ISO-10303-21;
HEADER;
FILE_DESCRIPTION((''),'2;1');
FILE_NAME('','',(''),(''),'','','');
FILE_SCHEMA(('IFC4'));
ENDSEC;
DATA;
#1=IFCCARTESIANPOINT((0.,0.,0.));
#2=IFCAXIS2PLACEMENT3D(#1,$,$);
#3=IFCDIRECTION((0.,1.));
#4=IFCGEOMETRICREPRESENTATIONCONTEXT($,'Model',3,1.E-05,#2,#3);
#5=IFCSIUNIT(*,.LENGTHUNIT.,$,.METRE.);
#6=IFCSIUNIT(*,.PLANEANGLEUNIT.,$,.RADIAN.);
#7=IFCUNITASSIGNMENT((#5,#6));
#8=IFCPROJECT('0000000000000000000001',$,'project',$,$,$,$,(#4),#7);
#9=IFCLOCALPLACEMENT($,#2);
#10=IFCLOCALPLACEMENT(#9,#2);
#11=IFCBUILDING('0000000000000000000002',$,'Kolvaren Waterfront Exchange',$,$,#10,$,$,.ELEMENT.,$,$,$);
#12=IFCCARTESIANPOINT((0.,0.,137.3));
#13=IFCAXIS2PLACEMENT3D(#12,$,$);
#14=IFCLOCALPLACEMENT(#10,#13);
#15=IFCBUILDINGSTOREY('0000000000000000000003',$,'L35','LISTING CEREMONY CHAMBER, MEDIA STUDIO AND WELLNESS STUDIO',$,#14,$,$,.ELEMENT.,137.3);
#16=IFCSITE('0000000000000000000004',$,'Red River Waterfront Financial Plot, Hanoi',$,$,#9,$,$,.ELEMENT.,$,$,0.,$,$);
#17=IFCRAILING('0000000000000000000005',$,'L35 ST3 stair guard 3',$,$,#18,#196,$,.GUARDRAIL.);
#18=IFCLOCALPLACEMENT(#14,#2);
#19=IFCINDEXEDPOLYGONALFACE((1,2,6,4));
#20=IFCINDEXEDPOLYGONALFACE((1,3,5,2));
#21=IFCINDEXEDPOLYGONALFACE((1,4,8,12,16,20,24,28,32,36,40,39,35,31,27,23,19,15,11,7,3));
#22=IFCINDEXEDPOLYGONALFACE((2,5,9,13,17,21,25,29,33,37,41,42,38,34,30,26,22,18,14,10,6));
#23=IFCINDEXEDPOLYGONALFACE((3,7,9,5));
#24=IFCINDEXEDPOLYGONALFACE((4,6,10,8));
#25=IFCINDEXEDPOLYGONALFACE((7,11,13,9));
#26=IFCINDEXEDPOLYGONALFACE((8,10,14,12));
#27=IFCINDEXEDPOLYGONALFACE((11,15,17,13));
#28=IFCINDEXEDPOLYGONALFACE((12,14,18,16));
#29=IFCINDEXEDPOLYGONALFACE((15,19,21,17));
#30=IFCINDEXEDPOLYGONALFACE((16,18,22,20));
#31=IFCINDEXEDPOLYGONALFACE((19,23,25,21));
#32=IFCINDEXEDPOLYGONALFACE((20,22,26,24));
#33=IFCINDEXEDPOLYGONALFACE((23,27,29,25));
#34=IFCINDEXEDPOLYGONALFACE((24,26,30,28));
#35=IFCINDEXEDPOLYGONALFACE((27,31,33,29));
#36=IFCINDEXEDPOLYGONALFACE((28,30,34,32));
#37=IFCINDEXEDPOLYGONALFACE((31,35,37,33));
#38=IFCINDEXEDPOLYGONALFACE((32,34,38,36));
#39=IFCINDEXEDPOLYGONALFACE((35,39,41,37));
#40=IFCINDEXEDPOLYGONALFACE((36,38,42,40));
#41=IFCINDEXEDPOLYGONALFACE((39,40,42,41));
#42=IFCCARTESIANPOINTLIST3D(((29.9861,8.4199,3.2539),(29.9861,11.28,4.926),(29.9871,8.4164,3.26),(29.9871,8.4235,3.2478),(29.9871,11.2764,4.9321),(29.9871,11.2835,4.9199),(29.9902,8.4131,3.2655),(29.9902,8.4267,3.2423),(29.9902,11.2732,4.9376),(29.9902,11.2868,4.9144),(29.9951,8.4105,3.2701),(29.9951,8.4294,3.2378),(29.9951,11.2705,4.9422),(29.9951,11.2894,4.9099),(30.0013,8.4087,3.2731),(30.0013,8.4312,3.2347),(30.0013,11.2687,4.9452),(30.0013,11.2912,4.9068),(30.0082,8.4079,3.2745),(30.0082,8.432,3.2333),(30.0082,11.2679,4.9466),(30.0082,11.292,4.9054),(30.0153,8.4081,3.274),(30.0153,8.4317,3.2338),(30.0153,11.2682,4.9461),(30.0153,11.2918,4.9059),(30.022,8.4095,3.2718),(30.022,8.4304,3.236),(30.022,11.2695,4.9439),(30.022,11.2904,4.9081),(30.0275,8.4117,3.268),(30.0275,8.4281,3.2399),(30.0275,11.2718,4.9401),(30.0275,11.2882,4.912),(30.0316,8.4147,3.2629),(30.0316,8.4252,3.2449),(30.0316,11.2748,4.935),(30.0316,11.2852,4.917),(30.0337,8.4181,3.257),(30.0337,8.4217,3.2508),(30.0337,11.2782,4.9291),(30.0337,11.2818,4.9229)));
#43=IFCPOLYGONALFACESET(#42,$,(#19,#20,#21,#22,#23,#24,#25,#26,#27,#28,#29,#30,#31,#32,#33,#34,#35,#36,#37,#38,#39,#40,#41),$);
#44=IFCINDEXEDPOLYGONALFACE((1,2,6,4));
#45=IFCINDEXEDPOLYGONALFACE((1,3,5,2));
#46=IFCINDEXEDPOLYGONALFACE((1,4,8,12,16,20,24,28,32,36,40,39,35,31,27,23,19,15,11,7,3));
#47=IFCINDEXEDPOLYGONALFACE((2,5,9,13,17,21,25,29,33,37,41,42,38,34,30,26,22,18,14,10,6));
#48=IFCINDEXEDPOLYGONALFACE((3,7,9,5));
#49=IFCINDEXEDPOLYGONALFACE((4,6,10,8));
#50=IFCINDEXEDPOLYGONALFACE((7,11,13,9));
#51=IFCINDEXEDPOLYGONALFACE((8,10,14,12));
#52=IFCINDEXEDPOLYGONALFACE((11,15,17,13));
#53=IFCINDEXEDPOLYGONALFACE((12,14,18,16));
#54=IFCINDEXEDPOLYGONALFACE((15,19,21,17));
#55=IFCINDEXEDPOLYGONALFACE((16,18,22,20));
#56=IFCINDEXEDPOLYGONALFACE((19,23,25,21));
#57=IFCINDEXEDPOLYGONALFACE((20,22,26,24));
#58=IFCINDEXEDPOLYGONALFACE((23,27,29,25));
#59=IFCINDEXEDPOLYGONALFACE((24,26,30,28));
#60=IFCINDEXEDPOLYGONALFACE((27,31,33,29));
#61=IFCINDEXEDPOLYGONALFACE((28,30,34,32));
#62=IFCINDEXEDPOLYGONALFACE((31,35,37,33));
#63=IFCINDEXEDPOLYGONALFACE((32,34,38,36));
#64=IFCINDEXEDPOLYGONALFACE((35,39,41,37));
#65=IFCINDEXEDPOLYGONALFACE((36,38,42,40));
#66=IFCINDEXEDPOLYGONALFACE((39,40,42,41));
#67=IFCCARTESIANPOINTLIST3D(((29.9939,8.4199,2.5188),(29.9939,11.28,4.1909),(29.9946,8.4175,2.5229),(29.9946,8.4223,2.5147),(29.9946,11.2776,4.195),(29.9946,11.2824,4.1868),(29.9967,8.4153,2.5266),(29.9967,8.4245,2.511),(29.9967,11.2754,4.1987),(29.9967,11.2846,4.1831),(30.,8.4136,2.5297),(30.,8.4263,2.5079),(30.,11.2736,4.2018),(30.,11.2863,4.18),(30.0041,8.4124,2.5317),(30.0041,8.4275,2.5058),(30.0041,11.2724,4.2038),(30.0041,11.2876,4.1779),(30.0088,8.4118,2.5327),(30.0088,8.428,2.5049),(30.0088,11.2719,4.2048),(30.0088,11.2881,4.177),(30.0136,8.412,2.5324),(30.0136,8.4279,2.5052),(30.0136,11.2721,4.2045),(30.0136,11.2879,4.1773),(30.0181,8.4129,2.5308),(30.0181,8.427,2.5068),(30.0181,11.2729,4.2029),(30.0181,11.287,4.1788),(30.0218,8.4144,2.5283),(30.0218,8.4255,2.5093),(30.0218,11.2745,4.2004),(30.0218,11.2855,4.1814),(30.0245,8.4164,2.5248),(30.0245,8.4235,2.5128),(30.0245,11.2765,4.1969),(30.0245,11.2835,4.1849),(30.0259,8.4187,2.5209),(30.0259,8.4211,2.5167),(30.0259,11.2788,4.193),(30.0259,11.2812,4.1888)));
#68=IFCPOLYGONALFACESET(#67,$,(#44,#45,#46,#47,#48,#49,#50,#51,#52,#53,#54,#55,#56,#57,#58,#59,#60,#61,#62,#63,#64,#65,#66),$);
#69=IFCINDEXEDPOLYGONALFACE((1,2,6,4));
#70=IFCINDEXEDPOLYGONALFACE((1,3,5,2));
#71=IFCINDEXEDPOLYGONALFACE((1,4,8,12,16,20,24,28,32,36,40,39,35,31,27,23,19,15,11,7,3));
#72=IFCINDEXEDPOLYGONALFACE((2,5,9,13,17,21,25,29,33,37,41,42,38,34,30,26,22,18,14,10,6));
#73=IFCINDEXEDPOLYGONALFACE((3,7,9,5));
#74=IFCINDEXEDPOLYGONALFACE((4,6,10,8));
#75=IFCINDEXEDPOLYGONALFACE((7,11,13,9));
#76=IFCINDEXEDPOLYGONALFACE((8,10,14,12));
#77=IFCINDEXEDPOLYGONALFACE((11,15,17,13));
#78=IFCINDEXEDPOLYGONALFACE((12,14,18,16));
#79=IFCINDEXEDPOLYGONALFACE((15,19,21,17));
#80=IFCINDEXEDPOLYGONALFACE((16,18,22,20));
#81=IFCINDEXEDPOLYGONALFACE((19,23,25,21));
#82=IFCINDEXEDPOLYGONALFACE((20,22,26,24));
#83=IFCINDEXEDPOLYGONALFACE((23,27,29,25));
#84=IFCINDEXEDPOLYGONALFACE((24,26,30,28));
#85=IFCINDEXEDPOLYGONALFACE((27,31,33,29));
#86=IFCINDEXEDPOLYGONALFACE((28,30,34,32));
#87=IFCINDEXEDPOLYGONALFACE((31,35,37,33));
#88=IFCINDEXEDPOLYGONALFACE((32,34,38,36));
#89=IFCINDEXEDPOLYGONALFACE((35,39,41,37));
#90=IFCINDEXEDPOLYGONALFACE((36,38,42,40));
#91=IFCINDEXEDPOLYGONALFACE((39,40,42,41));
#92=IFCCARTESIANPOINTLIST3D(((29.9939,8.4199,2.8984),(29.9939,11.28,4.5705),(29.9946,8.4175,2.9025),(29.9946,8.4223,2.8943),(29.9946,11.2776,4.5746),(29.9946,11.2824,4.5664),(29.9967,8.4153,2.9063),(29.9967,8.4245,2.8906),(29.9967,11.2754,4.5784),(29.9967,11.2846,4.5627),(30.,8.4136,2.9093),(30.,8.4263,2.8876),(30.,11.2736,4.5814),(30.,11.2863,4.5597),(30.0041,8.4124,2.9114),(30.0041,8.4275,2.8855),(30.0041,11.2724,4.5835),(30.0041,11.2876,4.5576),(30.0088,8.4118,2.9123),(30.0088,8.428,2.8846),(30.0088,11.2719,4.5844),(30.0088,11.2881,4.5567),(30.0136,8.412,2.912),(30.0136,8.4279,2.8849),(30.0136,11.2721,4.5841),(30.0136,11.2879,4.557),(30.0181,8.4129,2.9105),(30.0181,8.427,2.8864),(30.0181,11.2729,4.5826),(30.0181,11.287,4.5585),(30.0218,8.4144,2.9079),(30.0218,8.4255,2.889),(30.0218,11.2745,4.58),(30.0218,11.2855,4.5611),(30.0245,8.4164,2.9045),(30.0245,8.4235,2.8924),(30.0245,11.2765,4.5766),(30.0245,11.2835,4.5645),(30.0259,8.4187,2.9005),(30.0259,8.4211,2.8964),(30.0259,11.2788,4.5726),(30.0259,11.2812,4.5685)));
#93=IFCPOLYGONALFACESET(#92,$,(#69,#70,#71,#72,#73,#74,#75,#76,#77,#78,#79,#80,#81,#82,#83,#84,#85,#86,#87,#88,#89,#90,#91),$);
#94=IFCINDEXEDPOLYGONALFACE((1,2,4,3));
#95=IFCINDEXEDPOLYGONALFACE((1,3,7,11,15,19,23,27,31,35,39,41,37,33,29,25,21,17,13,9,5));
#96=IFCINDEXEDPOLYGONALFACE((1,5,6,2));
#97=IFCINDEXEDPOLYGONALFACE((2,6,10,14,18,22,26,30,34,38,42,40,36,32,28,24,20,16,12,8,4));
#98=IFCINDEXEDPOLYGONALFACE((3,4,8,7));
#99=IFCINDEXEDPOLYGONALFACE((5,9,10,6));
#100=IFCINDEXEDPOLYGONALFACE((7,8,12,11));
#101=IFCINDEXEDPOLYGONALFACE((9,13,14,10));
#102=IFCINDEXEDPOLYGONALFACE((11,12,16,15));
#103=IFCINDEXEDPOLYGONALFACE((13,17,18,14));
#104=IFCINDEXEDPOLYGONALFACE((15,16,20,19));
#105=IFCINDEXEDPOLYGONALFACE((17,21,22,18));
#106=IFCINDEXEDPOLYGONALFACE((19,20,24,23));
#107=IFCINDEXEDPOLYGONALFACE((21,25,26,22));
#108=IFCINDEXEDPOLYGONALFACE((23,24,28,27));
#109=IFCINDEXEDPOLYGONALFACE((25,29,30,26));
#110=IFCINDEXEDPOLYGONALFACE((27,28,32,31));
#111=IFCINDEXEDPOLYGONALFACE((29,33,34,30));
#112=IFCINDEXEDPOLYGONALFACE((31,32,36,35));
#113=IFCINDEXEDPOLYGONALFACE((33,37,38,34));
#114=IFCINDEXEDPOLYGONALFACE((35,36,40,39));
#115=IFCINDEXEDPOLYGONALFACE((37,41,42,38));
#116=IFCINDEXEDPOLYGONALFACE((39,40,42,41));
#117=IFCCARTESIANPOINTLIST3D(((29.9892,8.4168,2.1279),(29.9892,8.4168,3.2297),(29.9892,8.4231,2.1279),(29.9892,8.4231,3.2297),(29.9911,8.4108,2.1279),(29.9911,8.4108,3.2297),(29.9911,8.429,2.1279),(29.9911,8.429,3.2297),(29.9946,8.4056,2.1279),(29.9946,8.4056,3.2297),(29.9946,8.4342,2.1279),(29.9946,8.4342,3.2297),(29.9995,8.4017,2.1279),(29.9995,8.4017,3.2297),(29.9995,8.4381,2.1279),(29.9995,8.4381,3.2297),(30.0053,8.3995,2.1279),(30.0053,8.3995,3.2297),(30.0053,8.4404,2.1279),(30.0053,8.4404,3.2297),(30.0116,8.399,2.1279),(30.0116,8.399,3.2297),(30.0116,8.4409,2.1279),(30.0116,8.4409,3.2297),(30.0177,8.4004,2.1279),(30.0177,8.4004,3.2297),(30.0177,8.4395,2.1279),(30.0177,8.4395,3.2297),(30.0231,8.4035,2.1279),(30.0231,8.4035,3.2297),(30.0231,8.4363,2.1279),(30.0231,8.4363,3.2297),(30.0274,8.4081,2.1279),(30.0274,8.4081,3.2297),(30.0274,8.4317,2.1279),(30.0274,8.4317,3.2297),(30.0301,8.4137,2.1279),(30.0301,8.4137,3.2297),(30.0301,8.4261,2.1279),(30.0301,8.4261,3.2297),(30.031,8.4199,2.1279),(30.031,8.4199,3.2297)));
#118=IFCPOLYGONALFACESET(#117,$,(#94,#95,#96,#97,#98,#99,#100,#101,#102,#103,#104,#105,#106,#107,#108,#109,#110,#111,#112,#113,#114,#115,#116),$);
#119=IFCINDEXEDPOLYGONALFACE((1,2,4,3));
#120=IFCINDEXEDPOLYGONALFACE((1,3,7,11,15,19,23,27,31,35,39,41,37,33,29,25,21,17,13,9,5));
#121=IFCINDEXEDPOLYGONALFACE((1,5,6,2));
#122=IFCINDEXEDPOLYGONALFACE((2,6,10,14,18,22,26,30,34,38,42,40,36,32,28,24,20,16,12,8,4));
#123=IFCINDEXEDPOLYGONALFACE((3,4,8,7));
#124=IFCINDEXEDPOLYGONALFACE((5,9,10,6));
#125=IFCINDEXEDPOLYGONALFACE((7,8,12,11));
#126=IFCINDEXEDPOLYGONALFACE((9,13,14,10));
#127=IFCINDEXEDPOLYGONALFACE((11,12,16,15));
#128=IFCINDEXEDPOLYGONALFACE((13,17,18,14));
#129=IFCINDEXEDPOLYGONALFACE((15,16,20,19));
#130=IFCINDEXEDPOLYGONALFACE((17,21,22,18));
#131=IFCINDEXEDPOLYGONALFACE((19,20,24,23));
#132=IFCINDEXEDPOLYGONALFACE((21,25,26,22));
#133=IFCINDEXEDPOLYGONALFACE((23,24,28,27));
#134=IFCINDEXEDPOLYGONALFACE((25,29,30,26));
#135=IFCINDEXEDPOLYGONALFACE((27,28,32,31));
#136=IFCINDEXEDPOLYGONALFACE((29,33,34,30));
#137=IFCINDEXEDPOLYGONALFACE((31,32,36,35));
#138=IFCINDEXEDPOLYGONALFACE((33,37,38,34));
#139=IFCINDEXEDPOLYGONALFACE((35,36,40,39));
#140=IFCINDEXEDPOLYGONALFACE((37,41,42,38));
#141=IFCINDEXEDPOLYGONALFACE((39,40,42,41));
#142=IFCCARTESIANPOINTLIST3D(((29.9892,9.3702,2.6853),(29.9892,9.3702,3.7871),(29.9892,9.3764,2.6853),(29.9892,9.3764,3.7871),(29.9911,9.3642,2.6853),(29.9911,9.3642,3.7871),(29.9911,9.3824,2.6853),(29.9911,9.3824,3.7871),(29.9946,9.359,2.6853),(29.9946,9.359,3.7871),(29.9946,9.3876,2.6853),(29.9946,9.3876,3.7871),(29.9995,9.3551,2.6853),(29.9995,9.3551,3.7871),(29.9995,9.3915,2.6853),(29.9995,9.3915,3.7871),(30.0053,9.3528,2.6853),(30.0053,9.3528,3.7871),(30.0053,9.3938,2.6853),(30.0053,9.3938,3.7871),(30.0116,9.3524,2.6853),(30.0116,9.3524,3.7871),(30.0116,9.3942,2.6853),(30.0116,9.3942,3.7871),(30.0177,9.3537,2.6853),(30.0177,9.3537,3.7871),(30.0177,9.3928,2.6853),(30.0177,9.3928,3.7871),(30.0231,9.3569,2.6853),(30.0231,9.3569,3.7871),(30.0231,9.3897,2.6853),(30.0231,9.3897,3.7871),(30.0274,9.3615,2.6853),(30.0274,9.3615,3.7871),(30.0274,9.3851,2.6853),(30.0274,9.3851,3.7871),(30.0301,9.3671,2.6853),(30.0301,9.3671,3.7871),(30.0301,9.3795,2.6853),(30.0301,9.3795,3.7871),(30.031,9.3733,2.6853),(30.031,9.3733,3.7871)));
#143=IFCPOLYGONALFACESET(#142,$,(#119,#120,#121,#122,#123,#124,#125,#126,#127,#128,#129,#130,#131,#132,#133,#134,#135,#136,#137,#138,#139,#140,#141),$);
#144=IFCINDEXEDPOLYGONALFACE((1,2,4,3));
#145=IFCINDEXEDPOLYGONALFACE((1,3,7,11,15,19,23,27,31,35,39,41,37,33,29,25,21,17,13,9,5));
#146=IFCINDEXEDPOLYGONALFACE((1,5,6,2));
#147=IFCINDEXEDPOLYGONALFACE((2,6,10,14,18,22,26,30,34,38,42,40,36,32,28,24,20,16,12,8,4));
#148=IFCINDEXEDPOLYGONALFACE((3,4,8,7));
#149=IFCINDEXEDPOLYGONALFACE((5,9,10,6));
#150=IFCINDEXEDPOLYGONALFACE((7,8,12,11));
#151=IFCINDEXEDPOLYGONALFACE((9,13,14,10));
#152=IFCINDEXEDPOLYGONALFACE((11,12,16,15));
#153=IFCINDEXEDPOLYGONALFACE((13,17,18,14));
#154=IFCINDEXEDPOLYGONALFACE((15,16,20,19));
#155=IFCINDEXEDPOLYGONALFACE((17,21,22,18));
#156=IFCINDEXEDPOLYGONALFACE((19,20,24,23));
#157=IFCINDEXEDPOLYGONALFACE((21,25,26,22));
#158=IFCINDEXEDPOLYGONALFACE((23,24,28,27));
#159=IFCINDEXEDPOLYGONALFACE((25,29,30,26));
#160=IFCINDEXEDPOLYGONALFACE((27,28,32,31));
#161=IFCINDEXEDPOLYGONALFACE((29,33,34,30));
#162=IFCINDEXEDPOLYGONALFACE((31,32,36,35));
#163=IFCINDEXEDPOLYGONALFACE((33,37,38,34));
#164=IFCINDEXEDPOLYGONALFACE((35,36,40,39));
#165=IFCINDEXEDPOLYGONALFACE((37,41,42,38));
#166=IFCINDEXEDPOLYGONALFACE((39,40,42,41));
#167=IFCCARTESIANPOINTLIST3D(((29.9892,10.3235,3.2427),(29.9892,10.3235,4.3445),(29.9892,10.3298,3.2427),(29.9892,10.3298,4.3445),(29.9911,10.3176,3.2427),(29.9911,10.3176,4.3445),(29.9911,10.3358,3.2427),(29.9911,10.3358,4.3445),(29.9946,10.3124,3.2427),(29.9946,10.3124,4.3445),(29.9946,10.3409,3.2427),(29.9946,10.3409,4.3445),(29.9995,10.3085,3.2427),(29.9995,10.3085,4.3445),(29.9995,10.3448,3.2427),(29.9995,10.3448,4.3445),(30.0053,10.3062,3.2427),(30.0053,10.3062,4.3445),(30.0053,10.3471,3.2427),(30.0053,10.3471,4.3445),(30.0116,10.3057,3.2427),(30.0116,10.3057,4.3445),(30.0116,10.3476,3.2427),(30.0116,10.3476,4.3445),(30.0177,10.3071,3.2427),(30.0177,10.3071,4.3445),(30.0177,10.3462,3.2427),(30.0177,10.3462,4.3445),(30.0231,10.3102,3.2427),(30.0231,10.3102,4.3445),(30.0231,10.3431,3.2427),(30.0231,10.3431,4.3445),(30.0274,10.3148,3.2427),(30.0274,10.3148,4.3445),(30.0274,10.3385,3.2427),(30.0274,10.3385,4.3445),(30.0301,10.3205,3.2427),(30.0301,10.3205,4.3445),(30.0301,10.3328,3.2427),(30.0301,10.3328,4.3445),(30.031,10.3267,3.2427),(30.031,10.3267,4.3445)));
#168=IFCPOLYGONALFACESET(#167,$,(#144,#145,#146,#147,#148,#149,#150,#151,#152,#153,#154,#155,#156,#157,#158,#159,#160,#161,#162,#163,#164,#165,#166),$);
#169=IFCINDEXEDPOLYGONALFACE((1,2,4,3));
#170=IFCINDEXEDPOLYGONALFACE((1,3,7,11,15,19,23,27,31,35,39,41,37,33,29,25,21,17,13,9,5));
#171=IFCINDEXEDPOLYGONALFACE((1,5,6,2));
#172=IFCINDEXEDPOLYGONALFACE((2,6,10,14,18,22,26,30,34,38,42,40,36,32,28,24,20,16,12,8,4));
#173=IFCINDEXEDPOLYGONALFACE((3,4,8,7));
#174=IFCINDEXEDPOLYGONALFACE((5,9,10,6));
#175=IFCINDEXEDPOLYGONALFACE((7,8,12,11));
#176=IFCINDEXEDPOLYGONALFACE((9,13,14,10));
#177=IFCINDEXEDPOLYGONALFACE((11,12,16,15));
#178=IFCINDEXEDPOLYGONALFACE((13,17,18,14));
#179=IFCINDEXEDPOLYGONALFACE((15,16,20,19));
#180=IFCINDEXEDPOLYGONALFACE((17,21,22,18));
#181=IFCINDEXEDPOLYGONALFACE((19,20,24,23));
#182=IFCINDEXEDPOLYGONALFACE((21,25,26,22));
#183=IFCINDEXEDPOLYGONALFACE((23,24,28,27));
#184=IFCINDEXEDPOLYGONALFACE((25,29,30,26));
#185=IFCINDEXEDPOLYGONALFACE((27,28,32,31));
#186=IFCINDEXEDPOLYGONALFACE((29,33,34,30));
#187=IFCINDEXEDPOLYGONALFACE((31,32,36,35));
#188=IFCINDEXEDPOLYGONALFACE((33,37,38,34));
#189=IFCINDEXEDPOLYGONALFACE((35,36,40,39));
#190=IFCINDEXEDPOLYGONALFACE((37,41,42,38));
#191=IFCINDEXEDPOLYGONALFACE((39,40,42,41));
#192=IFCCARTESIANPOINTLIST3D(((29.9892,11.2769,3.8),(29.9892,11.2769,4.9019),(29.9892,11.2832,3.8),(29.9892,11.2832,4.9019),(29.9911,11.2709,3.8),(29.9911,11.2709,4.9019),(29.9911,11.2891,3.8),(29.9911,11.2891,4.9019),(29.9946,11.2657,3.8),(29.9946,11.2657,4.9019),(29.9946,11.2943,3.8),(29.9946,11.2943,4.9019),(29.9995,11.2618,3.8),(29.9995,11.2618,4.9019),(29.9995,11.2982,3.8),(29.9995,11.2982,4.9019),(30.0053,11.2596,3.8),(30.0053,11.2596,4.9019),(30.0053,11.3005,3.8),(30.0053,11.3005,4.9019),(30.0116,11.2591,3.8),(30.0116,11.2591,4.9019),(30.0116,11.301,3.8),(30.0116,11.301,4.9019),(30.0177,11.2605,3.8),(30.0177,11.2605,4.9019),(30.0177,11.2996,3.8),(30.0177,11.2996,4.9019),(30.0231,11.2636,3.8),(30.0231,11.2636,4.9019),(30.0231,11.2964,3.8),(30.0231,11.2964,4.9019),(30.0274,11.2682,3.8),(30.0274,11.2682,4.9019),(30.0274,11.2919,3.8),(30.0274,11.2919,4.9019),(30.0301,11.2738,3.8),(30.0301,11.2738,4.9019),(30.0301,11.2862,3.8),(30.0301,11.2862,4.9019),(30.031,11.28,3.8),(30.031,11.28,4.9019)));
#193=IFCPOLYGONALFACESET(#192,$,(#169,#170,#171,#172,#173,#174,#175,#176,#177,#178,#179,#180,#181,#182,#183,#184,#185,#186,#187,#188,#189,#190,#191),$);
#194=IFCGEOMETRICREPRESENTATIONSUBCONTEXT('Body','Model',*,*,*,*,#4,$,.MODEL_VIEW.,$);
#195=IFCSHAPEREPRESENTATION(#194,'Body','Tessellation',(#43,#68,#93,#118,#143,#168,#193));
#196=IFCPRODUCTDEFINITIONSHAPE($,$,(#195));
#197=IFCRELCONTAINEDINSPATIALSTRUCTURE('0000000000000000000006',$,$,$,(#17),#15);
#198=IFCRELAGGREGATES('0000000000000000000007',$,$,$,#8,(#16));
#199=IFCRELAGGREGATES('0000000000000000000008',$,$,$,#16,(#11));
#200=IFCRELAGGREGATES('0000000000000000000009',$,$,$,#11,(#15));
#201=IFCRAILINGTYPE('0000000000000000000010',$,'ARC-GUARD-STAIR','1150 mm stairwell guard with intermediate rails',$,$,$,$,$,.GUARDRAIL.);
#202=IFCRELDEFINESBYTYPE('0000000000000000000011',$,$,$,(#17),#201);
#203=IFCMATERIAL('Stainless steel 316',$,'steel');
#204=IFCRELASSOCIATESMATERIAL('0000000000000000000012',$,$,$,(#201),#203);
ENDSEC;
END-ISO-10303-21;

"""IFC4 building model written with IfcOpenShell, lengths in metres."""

from ifc_helpers import new_model, si_unit, direction, frame, origin, origin_2d, place, context, subcontext, project, spatial, circle, extrude, material, type_object, element, save


model = new_model("IFC4")

# Units and contexts
model_context = context("Model", 3, precision=1e-05, world=origin(), true_north=direction((0.0, 1.0)))
body_context = subcontext(model_context, "Body", "Model", "MODEL_VIEW")
ifc_project = project(units=[si_unit("LENGTHUNIT", "METRE"), si_unit("PLANEANGLEUNIT", "RADIAN")], contexts=[model_context])

# Site, building, storey
site_placement = place(None, origin())
site = spatial("IfcSite", under=ifc_project, at=site_placement, Name="Red River Waterfront Financial Plot, Hanoi", CompositionType="ELEMENT", RefElevation=0.0)
building_placement = place(site_placement, origin())
building = spatial("IfcBuilding", under=site, at=building_placement, Name="Kolvaren Waterfront Exchange", CompositionType="ELEMENT")
storey_placement = place(building_placement, frame((0.0, 0.0, 137.3)))
storey = spatial("IfcBuildingStorey", under=building, at=storey_placement, Name="L35", Description="LISTING CEREMONY CHAMBER, MEDIA STUDIO AND WELLNESS STUDIO", CompositionType="ELEMENT", Elevation=137.3)

# Railing
ifc_material_1 = material(Name="Stainless steel 316", Category="steel")
railing_type_1 = type_object("IfcRailingType", Name="ARC-GUARD-STAIR", Description="1150 mm stairwell guard with intermediate rails", PredefinedType="GUARDRAIL", material=ifc_material_1)
railing_1_placement = place(storey_placement, frame((30.01, 8.4199, 2.1279)))
element("IfcRailing", 1, at=railing_1_placement, inside=storey, type_object=railing_type_1, Name="L35 ST3 stair guard 3", PredefinedType="GUARDRAIL", context=body_context, shape_type="SweptSolid", body=[
    extrude(circle(Radius=0.0239, at=origin_2d()), frame((0.0, 0.0, 1.126), z_axis=(0.0, 0.863289, 0.504709), x_axis=(-1.0, 0.0, 0.0)), (0.0, 0.0, 1.0), 3.313),
    extrude(circle(Radius=0.0161, at=origin_2d()), frame((0.0, 0.0, 0.3909), z_axis=(0.0, 0.863289, 0.504709), x_axis=(-1.0, 0.0, 0.0)), (0.0, 0.0, 1.0), 3.313),
    extrude(circle(Radius=0.0161, at=origin_2d()), frame((0.0, 0.0, 0.7705), z_axis=(0.0, 0.863289, 0.504709), x_axis=(-1.0, 0.0, 0.0)), (0.0, 0.0, 1.0), 3.313),
    extrude(circle(Radius=0.021, at=origin_2d()), origin(), (0.0, 0.0, 1.0), 1.1018),
    extrude(circle(Radius=0.021, at=origin_2d()), frame((0.0, 0.9534, 0.5574)), (0.0, 0.0, 1.0), 1.1018),
    extrude(circle(Radius=0.021, at=origin_2d()), frame((0.0, 1.9067, 1.1147)), (0.0, 0.0, 1.0), 1.1018),
    extrude(circle(Radius=0.021, at=origin_2d()), frame((0.0, 2.8601, 1.6721)), (0.0, 0.0, 1.0), 1.1018),
])

save(model, "model.ifc")
